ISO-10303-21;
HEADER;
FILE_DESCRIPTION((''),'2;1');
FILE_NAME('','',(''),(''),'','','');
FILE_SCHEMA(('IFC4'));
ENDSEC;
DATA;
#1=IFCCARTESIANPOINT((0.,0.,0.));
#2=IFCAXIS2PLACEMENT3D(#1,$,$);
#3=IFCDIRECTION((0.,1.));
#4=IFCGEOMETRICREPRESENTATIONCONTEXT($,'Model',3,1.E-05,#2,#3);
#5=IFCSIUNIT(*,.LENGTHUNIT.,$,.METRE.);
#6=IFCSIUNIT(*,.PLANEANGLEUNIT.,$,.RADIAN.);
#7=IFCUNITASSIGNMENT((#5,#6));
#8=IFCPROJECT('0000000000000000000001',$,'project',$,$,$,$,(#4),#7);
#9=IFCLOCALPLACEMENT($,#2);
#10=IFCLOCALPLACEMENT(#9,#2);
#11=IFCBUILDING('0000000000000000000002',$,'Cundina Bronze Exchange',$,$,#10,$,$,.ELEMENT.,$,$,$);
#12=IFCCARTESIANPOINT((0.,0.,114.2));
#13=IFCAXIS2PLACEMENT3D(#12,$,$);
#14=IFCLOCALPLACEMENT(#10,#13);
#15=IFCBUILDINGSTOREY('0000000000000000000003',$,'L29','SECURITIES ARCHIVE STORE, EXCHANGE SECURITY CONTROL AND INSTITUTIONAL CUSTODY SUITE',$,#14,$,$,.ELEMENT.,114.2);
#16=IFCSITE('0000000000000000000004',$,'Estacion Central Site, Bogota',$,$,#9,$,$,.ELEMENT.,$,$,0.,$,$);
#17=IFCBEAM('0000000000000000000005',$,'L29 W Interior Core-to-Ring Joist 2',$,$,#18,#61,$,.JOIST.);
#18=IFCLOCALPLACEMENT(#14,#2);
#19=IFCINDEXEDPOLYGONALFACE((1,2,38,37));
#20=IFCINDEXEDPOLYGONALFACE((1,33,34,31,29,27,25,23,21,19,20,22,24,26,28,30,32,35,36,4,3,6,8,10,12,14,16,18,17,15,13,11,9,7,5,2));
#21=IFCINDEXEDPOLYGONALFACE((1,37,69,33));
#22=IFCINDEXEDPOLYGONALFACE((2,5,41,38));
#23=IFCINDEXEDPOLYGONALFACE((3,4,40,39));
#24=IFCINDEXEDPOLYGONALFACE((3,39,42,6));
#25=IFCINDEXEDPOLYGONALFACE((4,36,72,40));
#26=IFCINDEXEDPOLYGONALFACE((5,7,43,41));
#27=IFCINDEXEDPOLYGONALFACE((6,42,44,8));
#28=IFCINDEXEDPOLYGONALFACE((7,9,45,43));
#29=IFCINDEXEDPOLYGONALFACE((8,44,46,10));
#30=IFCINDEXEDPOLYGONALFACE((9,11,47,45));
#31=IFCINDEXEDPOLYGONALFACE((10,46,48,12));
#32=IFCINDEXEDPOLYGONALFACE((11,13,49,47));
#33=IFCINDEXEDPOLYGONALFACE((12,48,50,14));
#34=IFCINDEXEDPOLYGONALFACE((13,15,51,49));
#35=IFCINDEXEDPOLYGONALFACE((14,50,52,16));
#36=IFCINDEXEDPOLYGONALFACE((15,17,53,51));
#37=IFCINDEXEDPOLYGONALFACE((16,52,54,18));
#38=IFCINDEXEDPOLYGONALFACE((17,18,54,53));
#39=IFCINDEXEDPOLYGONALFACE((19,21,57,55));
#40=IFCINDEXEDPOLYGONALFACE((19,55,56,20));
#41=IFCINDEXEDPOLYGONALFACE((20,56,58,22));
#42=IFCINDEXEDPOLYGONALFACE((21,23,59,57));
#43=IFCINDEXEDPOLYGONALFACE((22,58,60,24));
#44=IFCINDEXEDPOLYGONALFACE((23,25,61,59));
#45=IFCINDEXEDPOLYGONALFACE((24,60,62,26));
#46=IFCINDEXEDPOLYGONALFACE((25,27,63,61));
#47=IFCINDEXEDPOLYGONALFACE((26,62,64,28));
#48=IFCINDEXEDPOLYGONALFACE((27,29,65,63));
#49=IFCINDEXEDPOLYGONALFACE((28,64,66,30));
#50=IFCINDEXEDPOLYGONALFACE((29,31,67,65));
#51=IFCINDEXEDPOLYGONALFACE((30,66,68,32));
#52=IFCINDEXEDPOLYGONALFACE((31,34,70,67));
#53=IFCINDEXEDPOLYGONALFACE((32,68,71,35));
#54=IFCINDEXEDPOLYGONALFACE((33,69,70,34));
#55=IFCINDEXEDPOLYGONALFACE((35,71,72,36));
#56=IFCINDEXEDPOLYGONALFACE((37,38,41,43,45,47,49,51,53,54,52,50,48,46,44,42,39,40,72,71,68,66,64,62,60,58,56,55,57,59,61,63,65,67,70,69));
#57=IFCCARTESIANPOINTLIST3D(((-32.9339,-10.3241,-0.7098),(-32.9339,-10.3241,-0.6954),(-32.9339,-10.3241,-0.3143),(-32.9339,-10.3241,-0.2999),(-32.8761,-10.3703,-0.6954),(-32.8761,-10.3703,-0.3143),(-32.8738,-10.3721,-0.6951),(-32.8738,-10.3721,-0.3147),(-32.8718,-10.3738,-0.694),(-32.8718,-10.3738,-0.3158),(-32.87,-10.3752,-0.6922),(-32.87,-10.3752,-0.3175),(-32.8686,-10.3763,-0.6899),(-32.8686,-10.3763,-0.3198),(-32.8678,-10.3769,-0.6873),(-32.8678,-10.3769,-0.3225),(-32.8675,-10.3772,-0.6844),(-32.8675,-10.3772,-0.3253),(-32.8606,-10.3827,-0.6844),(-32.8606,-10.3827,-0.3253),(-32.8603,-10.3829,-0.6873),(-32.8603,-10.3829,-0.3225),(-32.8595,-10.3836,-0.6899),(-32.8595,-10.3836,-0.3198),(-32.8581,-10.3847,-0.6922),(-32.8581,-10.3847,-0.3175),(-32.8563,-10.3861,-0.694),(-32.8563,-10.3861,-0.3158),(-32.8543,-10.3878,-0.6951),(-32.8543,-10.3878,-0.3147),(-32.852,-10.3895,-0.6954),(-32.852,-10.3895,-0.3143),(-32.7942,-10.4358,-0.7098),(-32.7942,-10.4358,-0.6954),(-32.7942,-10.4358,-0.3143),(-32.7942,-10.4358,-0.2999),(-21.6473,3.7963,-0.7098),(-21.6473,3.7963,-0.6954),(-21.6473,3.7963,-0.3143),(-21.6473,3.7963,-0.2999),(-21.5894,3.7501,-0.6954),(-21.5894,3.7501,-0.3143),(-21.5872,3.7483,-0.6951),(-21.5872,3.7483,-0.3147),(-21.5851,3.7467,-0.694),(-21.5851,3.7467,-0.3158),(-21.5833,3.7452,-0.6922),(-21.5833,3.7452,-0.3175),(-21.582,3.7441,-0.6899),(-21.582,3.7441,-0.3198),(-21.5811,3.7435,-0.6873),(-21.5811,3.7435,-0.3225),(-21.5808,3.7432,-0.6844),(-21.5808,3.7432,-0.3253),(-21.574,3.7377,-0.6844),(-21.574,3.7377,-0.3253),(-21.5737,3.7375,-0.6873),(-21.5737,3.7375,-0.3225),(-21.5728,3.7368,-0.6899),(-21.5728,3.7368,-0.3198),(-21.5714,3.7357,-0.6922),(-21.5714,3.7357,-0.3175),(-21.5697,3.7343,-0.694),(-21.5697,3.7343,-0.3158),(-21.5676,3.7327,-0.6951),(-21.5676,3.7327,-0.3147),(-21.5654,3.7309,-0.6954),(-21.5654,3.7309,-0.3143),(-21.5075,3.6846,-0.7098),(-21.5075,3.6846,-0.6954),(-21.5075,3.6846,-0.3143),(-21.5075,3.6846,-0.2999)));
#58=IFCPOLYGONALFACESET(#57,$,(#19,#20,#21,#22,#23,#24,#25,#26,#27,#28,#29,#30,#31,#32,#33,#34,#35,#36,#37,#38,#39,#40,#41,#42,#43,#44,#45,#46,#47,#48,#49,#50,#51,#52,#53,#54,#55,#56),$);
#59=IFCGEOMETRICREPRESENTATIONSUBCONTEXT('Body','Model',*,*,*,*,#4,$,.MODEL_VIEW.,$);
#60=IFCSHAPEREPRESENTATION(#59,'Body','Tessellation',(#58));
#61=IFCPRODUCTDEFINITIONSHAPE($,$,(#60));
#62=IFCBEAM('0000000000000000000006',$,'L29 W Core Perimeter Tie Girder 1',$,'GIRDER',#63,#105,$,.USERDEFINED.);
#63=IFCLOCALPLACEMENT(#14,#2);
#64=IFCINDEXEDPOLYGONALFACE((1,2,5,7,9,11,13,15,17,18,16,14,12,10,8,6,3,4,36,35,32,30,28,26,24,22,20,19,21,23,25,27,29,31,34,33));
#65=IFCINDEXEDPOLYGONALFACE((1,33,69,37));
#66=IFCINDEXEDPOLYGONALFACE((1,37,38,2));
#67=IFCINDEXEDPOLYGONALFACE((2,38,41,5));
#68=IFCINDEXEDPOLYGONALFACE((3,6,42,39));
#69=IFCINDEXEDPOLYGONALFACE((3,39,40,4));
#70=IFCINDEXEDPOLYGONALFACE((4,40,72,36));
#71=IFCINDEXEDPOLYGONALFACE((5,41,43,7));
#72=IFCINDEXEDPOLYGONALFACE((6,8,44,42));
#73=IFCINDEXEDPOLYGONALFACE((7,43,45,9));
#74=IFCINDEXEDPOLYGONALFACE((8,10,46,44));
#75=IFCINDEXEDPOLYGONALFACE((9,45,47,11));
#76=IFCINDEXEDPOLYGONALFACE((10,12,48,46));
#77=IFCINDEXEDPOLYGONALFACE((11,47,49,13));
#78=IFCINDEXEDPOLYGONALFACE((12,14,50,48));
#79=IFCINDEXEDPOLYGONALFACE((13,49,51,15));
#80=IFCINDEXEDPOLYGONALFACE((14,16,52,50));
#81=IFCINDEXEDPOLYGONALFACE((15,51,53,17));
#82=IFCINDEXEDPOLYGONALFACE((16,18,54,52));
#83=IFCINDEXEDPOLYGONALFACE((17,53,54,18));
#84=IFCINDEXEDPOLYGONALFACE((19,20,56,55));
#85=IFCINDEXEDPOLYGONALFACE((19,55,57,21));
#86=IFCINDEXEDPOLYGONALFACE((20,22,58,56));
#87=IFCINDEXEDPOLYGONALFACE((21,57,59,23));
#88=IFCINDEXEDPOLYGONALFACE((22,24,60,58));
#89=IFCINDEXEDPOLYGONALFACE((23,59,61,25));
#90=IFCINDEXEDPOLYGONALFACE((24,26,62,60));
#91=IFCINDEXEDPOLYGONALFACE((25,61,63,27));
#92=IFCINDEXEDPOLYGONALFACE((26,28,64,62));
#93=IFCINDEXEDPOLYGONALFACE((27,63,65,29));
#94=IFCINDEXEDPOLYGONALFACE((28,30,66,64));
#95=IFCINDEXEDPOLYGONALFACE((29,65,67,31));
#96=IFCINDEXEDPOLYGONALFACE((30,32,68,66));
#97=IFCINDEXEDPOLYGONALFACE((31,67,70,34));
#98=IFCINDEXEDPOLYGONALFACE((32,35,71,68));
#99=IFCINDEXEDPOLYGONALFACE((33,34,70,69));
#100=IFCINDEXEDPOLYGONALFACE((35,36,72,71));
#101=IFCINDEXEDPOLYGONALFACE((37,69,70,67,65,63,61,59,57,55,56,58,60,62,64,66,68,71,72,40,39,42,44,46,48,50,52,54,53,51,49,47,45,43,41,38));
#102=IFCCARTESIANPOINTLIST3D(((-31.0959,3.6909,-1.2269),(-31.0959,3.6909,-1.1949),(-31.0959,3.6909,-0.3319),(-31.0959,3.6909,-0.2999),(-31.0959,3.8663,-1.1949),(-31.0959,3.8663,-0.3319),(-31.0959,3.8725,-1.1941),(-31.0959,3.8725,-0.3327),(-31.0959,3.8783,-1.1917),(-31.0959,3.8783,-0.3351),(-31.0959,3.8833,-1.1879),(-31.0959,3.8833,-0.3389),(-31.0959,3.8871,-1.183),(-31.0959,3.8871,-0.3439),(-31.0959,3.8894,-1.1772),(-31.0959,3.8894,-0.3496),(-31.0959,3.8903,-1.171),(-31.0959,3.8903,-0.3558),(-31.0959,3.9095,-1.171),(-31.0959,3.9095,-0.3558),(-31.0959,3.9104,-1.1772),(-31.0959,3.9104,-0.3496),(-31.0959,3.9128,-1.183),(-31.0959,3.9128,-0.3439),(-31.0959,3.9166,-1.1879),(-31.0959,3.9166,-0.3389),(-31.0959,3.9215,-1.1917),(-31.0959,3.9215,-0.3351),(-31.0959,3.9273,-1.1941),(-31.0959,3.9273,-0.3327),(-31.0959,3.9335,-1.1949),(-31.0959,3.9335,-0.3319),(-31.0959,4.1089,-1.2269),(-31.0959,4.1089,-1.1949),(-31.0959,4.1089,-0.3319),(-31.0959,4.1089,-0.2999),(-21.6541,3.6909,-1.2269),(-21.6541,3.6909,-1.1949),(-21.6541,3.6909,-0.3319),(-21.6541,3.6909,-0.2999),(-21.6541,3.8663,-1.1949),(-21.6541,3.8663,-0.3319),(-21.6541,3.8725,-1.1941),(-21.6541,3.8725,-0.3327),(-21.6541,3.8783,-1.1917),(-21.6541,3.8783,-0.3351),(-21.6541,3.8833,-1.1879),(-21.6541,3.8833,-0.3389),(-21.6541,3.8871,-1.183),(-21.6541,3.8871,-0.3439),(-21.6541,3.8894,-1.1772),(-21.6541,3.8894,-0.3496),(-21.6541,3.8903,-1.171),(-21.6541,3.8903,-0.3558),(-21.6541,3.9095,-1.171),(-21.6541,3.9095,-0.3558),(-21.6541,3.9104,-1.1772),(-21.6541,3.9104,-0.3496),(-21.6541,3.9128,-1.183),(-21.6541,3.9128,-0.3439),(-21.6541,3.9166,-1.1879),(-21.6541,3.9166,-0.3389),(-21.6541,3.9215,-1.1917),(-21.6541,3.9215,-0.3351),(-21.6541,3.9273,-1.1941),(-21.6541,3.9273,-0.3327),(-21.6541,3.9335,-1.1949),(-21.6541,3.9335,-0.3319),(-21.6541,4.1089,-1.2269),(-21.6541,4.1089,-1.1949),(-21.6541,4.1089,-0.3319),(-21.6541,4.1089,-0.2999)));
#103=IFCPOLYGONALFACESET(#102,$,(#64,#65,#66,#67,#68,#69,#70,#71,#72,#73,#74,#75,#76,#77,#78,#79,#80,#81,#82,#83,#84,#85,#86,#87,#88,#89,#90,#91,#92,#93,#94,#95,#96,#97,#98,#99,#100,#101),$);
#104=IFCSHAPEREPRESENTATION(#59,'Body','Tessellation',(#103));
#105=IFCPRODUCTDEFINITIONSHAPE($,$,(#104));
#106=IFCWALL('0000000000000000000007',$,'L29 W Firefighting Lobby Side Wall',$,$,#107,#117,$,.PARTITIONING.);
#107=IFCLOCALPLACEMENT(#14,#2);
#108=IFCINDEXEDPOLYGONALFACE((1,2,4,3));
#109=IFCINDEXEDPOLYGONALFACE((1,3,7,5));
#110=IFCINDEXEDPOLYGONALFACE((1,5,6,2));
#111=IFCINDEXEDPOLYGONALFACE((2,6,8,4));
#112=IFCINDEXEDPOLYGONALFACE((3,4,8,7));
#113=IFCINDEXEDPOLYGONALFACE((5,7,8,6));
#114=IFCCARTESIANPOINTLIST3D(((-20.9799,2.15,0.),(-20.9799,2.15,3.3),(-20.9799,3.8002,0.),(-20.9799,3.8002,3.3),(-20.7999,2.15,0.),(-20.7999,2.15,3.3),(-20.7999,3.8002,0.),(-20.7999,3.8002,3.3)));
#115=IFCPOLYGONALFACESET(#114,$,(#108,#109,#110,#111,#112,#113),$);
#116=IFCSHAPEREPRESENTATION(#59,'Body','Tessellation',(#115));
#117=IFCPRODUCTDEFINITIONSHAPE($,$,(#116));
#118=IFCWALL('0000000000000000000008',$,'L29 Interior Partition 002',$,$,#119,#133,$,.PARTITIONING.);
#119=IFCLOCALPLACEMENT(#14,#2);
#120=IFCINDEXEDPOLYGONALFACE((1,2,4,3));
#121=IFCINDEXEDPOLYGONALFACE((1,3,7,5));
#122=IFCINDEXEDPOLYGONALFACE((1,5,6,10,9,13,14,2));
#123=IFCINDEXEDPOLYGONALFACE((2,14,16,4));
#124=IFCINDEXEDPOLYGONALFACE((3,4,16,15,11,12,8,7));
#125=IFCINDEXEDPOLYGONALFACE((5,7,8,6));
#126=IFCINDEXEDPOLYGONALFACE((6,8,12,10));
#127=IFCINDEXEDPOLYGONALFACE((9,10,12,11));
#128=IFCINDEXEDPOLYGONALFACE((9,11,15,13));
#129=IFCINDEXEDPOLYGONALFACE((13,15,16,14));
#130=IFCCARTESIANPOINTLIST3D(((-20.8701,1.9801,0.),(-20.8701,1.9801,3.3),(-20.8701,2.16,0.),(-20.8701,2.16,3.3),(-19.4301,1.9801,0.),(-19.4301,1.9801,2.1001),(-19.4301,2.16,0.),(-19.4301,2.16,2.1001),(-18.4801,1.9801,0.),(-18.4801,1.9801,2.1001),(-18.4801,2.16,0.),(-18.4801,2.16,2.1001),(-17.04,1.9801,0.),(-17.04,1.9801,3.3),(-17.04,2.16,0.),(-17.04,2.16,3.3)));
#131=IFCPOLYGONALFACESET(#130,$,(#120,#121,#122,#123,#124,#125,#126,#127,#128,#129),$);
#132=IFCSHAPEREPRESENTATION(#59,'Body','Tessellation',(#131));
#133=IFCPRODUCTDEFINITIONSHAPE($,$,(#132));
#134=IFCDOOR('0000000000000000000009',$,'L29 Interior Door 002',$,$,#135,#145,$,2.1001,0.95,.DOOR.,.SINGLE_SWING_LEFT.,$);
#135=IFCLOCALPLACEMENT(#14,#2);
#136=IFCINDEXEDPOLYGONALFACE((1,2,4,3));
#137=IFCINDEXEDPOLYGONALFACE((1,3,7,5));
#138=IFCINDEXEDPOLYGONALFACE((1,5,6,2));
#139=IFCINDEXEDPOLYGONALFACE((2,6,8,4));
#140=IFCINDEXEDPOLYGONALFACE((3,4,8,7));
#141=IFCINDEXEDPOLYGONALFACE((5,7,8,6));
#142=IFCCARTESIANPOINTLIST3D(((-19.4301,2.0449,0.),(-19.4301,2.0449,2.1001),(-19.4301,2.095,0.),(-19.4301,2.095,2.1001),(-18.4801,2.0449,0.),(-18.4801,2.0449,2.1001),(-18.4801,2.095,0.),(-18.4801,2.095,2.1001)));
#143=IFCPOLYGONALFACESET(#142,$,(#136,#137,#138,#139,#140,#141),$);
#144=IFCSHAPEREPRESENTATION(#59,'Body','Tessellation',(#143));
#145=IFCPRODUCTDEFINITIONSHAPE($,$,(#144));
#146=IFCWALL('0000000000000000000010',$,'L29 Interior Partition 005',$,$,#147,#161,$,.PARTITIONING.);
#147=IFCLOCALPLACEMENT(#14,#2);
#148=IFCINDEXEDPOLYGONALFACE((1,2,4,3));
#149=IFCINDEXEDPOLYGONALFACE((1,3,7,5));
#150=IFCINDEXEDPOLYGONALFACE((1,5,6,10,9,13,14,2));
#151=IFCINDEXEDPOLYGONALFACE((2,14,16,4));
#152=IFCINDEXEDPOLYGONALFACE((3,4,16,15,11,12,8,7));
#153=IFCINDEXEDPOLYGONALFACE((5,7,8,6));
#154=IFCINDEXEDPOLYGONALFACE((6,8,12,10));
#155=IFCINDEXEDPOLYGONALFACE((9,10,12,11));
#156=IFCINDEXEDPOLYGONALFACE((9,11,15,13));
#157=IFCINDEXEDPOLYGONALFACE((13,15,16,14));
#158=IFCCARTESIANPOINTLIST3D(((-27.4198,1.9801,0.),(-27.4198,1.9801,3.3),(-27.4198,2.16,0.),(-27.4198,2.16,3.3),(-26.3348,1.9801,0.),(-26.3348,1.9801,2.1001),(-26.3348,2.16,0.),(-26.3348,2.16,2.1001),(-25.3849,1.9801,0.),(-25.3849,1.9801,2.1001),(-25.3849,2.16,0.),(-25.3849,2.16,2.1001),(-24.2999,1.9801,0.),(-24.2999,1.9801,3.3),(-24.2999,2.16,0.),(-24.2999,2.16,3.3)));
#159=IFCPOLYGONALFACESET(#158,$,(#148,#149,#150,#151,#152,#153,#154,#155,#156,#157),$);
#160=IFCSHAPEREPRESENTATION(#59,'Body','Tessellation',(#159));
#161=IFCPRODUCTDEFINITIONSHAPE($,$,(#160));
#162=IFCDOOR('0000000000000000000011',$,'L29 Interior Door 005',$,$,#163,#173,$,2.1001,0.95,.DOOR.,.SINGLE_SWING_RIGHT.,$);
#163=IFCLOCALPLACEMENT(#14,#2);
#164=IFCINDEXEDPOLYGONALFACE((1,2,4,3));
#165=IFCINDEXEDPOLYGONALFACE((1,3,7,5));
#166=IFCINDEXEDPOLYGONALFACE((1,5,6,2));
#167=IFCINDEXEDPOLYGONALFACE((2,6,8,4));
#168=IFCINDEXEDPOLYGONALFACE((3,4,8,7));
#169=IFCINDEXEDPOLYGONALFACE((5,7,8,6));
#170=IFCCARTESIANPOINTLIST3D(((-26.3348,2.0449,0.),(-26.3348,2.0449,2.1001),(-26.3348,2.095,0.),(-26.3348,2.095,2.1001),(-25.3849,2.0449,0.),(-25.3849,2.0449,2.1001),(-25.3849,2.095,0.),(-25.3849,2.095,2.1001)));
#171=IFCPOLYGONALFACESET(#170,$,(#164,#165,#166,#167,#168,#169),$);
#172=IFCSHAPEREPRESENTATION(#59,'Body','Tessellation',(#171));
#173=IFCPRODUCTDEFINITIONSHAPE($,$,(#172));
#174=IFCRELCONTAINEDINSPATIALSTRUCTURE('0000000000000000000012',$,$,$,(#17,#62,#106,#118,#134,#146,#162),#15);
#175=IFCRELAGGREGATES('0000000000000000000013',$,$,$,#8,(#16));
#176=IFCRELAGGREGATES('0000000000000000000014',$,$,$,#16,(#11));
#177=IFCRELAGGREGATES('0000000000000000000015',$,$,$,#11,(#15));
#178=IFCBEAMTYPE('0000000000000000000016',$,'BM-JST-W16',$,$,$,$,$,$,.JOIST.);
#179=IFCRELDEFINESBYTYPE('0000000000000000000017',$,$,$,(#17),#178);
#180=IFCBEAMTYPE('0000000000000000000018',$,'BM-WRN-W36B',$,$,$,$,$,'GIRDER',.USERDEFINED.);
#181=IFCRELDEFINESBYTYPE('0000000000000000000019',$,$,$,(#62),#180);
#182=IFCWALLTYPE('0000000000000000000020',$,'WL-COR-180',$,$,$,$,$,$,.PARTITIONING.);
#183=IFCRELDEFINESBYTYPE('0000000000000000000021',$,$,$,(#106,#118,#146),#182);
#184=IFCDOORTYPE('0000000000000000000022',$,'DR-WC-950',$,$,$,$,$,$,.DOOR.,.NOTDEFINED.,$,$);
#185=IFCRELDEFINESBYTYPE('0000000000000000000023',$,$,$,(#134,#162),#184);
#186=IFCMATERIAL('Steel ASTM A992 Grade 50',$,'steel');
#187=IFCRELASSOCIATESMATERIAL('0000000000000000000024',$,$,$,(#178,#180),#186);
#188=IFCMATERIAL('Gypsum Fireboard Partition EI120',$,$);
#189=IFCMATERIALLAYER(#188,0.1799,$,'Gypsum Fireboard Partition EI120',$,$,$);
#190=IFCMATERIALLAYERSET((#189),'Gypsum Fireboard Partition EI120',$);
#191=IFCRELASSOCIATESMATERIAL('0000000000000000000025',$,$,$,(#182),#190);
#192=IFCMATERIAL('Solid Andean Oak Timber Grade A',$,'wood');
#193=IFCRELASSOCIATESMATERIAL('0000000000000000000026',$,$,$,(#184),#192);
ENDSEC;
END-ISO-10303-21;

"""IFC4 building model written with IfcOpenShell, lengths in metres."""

from ifc_helpers import new_model, si_unit, direction, frame, frame_2d, origin, origin_2d, place, context, subcontext, project, spatial, rectangle, i_section, extrude, material, layer, layer_set, material_profile, profile_set, type_object, element, fill, save


model = new_model("IFC4")

# Units and contexts
model_context = context("Model", 3, precision=1e-05, world=origin(), true_north=direction((0.0, 1.0)))
body_context = subcontext(model_context, "Body", "Model", "MODEL_VIEW")
ifc_project = project(units=[si_unit("LENGTHUNIT", "METRE"), si_unit("PLANEANGLEUNIT", "RADIAN")], contexts=[model_context])

# Site, building, storey
site_placement = place(None, origin())
site = spatial("IfcSite", under=ifc_project, at=site_placement, Name="Estacion Central Site, Bogota", CompositionType="ELEMENT", RefElevation=0.0)
building_placement = place(site_placement, origin())
building = spatial("IfcBuilding", under=site, at=building_placement, Name="Cundina Bronze Exchange", CompositionType="ELEMENT")
storey_placement = place(building_placement, frame((0.0, 0.0, 114.2)))
storey = spatial("IfcBuildingStorey", under=building, at=storey_placement, Name="L29", Description="SECURITIES ARCHIVE STORE, EXCHANGE SECURITY CONTROL AND INSTITUTIONAL CUSTODY SUITE", CompositionType="ELEMENT", Elevation=114.2)

# Shared definitions
ifc_material_1 = material(Name="Steel ASTM A992 Grade 50", Category="steel")

# Beams
ifc_material_profile_1 = material_profile(ifc_material_1, i_section(OverallWidth=0.179, OverallDepth=0.4099, WebThickness=0.0088, FlangeThickness=0.0144, FilletRadius=0.011, at=origin_2d()), Name="W16X45", Category="steel")
ifc_profile_set_1 = profile_set([ifc_material_profile_1], Name="Steel ASTM A992 Grade 50")
beam_type_1 = type_object("IfcBeamType", Name="BM-JST-W16", PredefinedType="JOIST", material=ifc_profile_set_1)
beam_1_placement = place(storey_placement, frame((-21.5774, 3.7405, -0.5049), z_axis=(-0.624369, -0.78113, 0.0), x_axis=(0.78113, -0.624369, 0.0)))
element("IfcBeam", 1, at=beam_1_placement, inside=storey, type_object=beam_type_1, Name="L29 W Interior Core-to-Ring Joist 2", PredefinedType="JOIST", context=body_context, shape_type="SweptSolid", body=[
    extrude(i_section(OverallWidth=0.179, OverallDepth=0.4099, WebThickness=0.0088, FlangeThickness=0.0144, FilletRadius=0.011, at=origin_2d()), origin(), (0.0, 0.0, 1.0), 18.0769),
])
ifc_material_profile_2 = material_profile(ifc_material_1, i_section(OverallWidth=0.418, OverallDepth=0.927, WebThickness=0.0193, FlangeThickness=0.032, FilletRadius=0.0239, at=origin_2d()), Name="W36X231", Category="steel")
ifc_profile_set_2 = profile_set([ifc_material_profile_2], Name="Steel ASTM A992 Grade 50")
beam_type_2 = type_object("IfcBeamType", Name="BM-WRN-W36B", ElementType="GIRDER", PredefinedType="USERDEFINED", material=ifc_profile_set_2)
beam_2_placement = place(storey_placement, frame((-31.0959, 3.8999, -0.7634), z_axis=(1.0, 0.0, 0.0), x_axis=(0.0, 1.0, 0.0)))
element("IfcBeam", 2, at=beam_2_placement, inside=storey, type_object=beam_type_2, Name="L29 W Core Perimeter Tie Girder 1", ObjectType="GIRDER", PredefinedType="USERDEFINED", context=body_context, shape_type="SweptSolid", body=[
    extrude(i_section(OverallWidth=0.418, OverallDepth=0.927, WebThickness=0.0193, FlangeThickness=0.032, FilletRadius=0.0239, at=origin_2d()), origin(), (0.0, 0.0, 1.0), 9.4419),
])

# Wall
ifc_material_2 = material(Name="Gypsum Fireboard Partition EI120")
ifc_layer_1 = layer(ifc_material_2, 0.1799, Name="Gypsum Fireboard Partition EI120")
ifc_layer_set_1 = layer_set([ifc_layer_1], Name="Gypsum Fireboard Partition EI120")
wall_type_1 = type_object("IfcWallType", Name="WL-COR-180", PredefinedType="PARTITIONING", material=ifc_layer_set_1)
wall_1_placement = place(storey_placement, frame((-20.8899, 2.1499, 0.0), z_axis=(0.0, 0.0, 1.0), x_axis=(0.0, 1.0, 0.0)))
element("IfcWall", 3, at=wall_1_placement, inside=storey, type_object=wall_type_1, Name="L29 W Firefighting Lobby Side Wall", PredefinedType="PARTITIONING", context=body_context, shape_type="SweptSolid", body=[
    extrude(rectangle(XDim=1.6501, YDim=0.1799, at=frame_2d((0.8252, 0.0))), origin(), (0.0, 0.0, 1.0), 3.3),
])

# Walls, openings, doors
wall_2_placement = place(storey_placement, frame((-20.8701, 2.0701, 0.0), z_axis=(0.0, 0.0, 1.0), x_axis=(1.0, 0.0, 0.0)))
wall_2 = element("IfcWall", 4, at=wall_2_placement, inside=storey, type_object=wall_type_1, Name="L29 Interior Partition 002", PredefinedType="PARTITIONING", context=body_context, shape_type="SweptSolid", body=[
    extrude(rectangle(XDim=3.8301, YDim=0.1799, at=frame_2d((1.915, 0.0))), origin(), (0.0, 0.0, 1.0), 3.3),
])
opening_1_placement = place(wall_2_placement, frame((1.4399, 0.0, 0.0)))
opening_1 = element("IfcOpeningElement", 5, at=opening_1_placement, cuts=wall_2, PredefinedType="OPENING", context=body_context, shape_type="SweptSolid", body=[
    extrude(rectangle(XDim=0.95, YDim=2.1001, at=frame_2d((0.4751, 1.05))), frame((0.0, 0.0999, 0.0), z_axis=(0.0, -1.0, 0.0), x_axis=(1.0, 0.0, 0.0)), (0.0, 0.0, 1.0), 0.2),
])
ifc_material_3 = material(Name="Solid Andean Oak Timber Grade A", Category="wood")
door_type_1 = type_object("IfcDoorType", Name="DR-WC-950", OperationType="NOTDEFINED", PredefinedType="DOOR", material=ifc_material_3)
door_1_placement = place(opening_1_placement, origin())
door_1 = element("IfcDoor", 6, at=door_1_placement, inside=storey, type_object=door_type_1, Name="L29 Interior Door 002", OperationType="SINGLE_SWING_LEFT", OverallHeight=2.1001, OverallWidth=0.95, PredefinedType="DOOR", context=body_context, shape_type="SweptSolid", body=[
    extrude(rectangle(XDim=0.95, YDim=2.1001, at=frame_2d((0.4751, 1.05))), frame((0.0, 0.0249, 0.0), z_axis=(0.0, -1.0, 0.0), x_axis=(1.0, 0.0, 0.0)), (0.0, 0.0, 1.0), 0.05),
])
fill(opening_1, door_1)
wall_3_placement = place(storey_placement, frame((-27.4199, 2.0701, 0.0), z_axis=(0.0, 0.0, 1.0), x_axis=(1.0, 0.0, 0.0)))
wall_3 = element("IfcWall", 7, at=wall_3_placement, inside=storey, type_object=wall_type_1, Name="L29 Interior Partition 005", PredefinedType="PARTITIONING", context=body_context, shape_type="SweptSolid", body=[
    extrude(rectangle(XDim=3.1199, YDim=0.1799, at=frame_2d((1.5601, 0.0))), origin(), (0.0, 0.0, 1.0), 3.3),
])
opening_2_placement = place(wall_3_placement, frame((1.085, 0.0, 0.0)))
opening_2 = element("IfcOpeningElement", 8, at=opening_2_placement, cuts=wall_3, PredefinedType="OPENING", context=body_context, shape_type="SweptSolid", body=[
    extrude(rectangle(XDim=0.95, YDim=2.1001, at=frame_2d((0.4751, 1.05))), frame((0.0, 0.0999, 0.0), z_axis=(0.0, -1.0, 0.0), x_axis=(1.0, 0.0, 0.0)), (0.0, 0.0, 1.0), 0.2),
])
door_2_placement = place(opening_2_placement, origin())
door_2 = element("IfcDoor", 9, at=door_2_placement, inside=storey, type_object=door_type_1, Name="L29 Interior Door 005", OperationType="SINGLE_SWING_RIGHT", OverallHeight=2.1001, OverallWidth=0.95, PredefinedType="DOOR", context=body_context, shape_type="SweptSolid", body=[
    extrude(rectangle(XDim=0.95, YDim=2.1001, at=frame_2d((0.4751, 1.05))), frame((0.0, 0.0249, 0.0), z_axis=(0.0, -1.0, 0.0), x_axis=(1.0, 0.0, 0.0)), (0.0, 0.0, 1.0), 0.05),
])
fill(opening_2, door_2)

save(model, "model.ifc")
